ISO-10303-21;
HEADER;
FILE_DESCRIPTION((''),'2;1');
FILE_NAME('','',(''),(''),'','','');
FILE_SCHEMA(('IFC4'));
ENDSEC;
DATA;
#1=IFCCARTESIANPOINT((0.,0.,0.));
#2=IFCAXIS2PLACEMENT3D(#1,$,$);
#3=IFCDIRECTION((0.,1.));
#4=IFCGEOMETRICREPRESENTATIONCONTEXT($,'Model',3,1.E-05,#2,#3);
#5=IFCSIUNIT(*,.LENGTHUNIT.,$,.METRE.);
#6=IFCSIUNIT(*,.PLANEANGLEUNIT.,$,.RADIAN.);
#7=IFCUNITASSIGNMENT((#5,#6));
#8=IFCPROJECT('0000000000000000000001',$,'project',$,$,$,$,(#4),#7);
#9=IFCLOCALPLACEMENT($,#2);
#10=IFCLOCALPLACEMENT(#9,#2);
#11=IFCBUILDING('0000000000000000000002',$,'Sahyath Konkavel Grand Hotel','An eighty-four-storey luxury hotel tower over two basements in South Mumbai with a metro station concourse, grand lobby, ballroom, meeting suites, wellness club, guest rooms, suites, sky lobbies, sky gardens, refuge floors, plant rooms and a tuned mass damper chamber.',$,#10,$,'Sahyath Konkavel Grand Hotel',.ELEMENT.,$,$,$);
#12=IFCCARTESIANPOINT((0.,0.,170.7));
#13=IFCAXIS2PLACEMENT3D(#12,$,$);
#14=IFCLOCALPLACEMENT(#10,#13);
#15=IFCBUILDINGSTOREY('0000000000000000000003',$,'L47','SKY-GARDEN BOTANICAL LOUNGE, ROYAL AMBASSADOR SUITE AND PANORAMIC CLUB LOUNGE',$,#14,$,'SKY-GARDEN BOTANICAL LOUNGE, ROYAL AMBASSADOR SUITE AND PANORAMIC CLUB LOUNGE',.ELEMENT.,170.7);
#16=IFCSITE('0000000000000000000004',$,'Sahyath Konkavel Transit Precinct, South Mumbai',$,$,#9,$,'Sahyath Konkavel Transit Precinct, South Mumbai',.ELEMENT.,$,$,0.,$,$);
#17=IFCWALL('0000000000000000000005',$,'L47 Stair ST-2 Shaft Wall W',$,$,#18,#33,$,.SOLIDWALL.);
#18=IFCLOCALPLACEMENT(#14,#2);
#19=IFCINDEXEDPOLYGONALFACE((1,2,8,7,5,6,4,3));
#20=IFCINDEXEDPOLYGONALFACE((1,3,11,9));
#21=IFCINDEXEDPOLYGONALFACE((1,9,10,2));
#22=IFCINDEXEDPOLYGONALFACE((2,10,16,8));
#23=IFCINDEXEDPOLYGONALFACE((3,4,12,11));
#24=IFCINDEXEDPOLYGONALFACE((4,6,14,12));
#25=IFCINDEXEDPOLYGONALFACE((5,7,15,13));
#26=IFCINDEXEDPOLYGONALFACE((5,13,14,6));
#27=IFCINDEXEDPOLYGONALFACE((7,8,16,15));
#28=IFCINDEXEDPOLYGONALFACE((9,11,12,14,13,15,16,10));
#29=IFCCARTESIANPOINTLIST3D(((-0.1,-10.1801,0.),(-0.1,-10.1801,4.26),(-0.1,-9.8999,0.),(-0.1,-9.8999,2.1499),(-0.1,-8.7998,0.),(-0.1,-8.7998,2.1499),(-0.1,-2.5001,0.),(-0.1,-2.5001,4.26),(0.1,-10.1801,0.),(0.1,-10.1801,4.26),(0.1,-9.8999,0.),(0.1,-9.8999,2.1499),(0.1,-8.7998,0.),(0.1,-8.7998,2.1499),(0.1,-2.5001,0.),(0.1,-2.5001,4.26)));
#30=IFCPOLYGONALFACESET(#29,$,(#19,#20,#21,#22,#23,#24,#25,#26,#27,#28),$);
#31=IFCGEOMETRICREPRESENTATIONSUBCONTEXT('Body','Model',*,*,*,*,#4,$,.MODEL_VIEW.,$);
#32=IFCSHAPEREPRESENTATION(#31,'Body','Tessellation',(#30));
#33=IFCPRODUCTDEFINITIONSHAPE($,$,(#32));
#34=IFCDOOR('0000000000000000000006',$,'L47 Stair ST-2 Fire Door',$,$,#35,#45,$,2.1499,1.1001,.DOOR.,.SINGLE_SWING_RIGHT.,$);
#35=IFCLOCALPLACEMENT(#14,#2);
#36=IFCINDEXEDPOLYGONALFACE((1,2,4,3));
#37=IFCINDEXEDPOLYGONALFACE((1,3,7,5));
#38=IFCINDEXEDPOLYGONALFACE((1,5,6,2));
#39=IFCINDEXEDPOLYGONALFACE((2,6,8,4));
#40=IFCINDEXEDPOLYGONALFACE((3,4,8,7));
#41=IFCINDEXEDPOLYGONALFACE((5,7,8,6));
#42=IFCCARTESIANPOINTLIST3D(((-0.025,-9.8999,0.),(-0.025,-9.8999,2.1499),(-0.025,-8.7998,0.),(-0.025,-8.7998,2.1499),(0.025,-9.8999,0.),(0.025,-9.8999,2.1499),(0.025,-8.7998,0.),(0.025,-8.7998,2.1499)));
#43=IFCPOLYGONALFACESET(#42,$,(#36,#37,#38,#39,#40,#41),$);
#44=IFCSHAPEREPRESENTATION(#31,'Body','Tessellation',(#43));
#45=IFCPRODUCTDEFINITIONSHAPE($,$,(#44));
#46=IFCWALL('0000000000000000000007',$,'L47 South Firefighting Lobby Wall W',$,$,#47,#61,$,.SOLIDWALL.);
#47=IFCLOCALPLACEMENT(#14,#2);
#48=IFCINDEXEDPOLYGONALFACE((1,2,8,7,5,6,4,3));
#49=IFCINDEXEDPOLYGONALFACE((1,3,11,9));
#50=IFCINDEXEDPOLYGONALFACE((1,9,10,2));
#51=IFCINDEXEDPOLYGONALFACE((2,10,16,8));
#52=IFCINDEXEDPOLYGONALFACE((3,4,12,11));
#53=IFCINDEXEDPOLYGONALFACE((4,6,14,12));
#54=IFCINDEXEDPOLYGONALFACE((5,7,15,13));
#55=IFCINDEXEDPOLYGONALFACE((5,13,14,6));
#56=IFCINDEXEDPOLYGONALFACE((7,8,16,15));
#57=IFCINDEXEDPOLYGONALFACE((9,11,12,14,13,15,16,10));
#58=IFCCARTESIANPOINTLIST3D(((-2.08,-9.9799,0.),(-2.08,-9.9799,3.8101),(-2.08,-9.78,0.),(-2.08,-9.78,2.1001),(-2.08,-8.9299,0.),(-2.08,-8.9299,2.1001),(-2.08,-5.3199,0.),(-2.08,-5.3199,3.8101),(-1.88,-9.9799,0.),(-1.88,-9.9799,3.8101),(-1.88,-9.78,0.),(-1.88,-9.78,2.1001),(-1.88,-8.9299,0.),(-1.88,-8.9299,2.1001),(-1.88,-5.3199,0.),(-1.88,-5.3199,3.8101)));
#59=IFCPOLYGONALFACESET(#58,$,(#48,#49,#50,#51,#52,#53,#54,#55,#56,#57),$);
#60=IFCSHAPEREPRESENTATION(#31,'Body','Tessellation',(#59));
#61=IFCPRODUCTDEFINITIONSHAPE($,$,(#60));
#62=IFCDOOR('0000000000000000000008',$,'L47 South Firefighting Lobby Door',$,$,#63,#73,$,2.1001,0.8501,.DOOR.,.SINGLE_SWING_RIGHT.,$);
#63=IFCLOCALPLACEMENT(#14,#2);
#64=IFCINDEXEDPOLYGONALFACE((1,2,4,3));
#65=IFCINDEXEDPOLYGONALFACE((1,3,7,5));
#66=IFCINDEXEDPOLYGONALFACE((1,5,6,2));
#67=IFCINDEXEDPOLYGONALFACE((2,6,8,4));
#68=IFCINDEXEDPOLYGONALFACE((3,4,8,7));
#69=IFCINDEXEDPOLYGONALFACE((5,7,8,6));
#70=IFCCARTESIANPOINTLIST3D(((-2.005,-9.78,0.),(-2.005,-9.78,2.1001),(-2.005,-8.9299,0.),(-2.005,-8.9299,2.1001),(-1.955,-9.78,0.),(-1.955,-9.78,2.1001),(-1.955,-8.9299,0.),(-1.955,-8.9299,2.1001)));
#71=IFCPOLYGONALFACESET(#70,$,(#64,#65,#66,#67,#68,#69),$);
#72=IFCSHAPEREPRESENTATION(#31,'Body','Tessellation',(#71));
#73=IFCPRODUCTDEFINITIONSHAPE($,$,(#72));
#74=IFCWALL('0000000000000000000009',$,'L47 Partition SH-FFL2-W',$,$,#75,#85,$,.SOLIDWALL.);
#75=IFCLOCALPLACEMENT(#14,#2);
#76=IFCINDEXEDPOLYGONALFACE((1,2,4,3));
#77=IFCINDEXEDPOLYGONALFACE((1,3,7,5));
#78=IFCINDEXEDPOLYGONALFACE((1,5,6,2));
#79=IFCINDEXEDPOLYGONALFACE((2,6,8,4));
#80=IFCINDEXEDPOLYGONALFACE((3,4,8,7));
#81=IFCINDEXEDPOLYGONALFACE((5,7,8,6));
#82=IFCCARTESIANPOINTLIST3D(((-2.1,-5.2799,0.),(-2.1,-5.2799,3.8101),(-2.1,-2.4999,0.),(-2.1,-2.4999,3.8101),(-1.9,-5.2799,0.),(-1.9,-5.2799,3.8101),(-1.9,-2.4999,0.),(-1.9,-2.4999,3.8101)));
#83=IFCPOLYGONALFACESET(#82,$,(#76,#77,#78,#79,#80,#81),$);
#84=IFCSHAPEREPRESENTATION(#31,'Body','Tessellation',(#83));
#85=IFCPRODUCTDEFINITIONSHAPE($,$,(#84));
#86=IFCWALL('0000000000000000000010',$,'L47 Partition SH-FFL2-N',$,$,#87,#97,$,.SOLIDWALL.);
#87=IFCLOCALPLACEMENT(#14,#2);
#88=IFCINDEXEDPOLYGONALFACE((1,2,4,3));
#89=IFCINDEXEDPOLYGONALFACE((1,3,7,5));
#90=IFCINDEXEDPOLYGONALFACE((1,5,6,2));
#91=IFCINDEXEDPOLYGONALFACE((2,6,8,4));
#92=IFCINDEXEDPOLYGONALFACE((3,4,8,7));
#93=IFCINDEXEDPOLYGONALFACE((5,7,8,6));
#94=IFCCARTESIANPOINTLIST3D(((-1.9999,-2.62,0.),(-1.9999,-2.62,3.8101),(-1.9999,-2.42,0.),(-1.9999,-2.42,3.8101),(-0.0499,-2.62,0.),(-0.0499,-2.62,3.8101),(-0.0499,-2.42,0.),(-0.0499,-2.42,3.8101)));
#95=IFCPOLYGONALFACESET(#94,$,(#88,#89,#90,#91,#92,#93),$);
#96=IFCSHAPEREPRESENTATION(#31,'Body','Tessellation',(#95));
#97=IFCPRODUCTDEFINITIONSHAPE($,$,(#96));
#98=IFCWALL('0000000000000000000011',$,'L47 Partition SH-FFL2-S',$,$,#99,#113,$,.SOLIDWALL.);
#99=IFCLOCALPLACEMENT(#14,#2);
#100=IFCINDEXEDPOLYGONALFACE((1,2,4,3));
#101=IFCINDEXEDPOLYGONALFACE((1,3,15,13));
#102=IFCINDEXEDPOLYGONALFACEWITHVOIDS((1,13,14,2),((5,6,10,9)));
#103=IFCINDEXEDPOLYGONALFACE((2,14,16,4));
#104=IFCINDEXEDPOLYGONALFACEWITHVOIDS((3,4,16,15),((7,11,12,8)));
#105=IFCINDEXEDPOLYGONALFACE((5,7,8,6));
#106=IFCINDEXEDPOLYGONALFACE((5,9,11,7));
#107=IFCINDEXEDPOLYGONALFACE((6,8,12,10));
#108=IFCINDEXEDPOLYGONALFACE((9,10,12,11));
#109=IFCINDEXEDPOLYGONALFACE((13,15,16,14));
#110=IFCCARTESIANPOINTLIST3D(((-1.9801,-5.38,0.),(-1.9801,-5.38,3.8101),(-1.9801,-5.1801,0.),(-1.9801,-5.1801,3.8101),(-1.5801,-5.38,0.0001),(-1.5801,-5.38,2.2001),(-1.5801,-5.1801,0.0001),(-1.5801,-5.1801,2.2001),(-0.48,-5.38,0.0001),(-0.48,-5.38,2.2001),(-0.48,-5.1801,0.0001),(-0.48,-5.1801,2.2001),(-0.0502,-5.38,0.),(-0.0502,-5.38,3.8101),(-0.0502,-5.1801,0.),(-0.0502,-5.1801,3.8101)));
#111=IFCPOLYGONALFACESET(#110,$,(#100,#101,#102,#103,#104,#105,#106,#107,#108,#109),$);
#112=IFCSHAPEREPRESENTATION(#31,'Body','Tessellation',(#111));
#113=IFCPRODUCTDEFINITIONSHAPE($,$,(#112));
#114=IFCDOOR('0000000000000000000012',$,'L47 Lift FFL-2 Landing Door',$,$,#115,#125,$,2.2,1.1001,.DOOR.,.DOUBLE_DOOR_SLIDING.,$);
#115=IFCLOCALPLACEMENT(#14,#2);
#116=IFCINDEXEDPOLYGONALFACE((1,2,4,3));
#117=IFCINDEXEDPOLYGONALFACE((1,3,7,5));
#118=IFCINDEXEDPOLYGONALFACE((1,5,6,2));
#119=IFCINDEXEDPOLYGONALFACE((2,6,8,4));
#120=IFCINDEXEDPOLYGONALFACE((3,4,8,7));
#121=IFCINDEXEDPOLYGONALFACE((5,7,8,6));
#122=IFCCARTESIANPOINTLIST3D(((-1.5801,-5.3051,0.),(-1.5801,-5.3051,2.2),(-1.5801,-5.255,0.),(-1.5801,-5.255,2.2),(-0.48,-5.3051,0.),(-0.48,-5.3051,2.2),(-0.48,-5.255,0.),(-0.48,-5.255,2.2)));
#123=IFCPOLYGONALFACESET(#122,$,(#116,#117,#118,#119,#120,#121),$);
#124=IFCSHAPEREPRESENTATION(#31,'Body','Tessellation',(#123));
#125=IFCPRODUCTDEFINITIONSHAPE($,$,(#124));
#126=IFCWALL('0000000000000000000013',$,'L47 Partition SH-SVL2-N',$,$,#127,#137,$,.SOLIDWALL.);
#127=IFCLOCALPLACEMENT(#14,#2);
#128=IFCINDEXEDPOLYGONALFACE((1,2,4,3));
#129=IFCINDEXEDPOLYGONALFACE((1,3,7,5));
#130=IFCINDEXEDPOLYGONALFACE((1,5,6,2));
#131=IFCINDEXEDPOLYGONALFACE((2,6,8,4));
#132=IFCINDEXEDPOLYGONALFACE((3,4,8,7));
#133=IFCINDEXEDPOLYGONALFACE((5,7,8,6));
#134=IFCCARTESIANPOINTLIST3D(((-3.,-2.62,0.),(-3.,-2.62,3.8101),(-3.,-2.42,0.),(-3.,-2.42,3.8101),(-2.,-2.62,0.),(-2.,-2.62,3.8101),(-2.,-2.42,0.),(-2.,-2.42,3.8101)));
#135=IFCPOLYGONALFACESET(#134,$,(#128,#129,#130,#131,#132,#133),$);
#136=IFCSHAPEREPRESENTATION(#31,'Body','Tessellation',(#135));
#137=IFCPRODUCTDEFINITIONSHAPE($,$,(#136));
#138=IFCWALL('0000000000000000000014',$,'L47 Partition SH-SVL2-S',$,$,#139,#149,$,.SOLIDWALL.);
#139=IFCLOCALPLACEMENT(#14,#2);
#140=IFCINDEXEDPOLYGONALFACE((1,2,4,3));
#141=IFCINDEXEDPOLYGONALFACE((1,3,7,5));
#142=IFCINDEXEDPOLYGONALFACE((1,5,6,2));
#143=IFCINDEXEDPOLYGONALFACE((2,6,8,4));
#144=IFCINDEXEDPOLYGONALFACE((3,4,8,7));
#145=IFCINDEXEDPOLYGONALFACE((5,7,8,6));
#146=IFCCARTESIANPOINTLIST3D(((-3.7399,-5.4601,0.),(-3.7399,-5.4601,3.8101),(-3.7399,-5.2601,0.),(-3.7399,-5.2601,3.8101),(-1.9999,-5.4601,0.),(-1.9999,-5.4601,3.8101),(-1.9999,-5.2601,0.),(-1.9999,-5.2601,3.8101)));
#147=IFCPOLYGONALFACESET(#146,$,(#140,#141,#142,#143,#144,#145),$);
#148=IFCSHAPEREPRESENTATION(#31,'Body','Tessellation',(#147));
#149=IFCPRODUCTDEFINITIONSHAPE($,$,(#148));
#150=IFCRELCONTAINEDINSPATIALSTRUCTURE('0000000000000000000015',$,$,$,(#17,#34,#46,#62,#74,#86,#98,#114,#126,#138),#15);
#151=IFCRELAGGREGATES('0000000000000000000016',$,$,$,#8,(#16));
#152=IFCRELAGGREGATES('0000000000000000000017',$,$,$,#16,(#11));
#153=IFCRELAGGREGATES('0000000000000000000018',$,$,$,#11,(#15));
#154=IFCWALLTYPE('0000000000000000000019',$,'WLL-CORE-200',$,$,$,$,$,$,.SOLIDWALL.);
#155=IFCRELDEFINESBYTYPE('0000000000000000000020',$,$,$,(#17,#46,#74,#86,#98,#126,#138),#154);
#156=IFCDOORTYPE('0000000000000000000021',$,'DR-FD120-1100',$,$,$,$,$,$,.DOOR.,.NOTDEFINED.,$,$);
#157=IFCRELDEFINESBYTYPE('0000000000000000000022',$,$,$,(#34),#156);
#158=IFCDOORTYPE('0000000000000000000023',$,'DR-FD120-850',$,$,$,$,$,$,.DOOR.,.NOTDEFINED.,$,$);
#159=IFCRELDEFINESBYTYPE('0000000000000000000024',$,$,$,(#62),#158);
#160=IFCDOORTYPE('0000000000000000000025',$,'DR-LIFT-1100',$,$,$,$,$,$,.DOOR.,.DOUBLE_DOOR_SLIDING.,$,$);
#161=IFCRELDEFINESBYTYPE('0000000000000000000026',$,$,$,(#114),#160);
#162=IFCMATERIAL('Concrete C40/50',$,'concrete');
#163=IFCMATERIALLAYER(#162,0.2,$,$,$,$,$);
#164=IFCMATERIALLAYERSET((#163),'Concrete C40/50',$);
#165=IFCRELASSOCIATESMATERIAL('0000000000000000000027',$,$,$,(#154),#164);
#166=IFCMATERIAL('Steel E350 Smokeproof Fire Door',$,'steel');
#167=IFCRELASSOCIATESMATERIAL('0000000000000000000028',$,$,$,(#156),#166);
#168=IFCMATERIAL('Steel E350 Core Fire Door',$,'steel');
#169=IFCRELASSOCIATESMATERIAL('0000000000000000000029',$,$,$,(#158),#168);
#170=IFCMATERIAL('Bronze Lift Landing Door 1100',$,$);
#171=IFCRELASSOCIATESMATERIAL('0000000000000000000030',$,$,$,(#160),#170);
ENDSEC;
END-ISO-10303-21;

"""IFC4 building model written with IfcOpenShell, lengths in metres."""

from ifc_helpers import new_model, si_unit, direction, frame, frame_2d, origin, origin_2d, place, context, subcontext, project, spatial, rectangle, extrude, source, transform, mapped, material, layer, layer_set, type_object, element, fill, save


model = new_model("IFC4")

# Units and contexts
model_context = context("Model", 3, precision=1e-05, world=origin(), true_north=direction((0.0, 1.0)))
body_context = subcontext(model_context, "Body", "Model", "MODEL_VIEW")
ifc_project = project(units=[si_unit("LENGTHUNIT", "METRE"), si_unit("PLANEANGLEUNIT", "RADIAN")], contexts=[model_context])

# Site, building, storey
site_placement = place(None, origin())
site = spatial("IfcSite", under=ifc_project, at=site_placement, Name="Sahyath Konkavel Transit Precinct, South Mumbai", LongName="Sahyath Konkavel Transit Precinct, South Mumbai", CompositionType="ELEMENT", RefElevation=0.0)
building_placement = place(site_placement, origin())
building = spatial("IfcBuilding", under=site, at=building_placement, Name="Sahyath Konkavel Grand Hotel", Description="An eighty-four-storey luxury hotel tower over two basements in South Mumbai with a metro station concourse, grand lobby, ballroom, meeting suites, wellness club, guest rooms, suites, sky lobbies, sky gardens, refuge floors, plant rooms and a tuned mass damper chamber.", LongName="Sahyath Konkavel Grand Hotel", CompositionType="ELEMENT")
storey_placement = place(building_placement, frame((0.0, 0.0, 170.7)))
storey = spatial("IfcBuildingStorey", under=building, at=storey_placement, Name="L47", Description="SKY-GARDEN BOTANICAL LOUNGE, ROYAL AMBASSADOR SUITE AND PANORAMIC CLUB LOUNGE", LongName="SKY-GARDEN BOTANICAL LOUNGE, ROYAL AMBASSADOR SUITE AND PANORAMIC CLUB LOUNGE", CompositionType="ELEMENT", Elevation=170.7)

# Walls, openings, doors
ifc_material_1 = material(Name="Concrete C40/50", Category="concrete")
ifc_layer_1 = layer(ifc_material_1, 0.2)
ifc_layer_set_1 = layer_set([ifc_layer_1], Name="Concrete C40/50")
wall_type_1 = type_object("IfcWallType", Name="WLL-CORE-200", PredefinedType="SOLIDWALL", material=ifc_layer_set_1)
wall_1_placement = place(storey_placement, frame((0.0, -10.1799, 0.0), z_axis=(0.0, 0.0, 1.0), x_axis=(0.0, 1.0, 0.0)))
wall_1 = element("IfcWall", 1, at=wall_1_placement, inside=storey, type_object=wall_type_1, Name="L47 Stair ST-2 Shaft Wall W", PredefinedType="SOLIDWALL", context=body_context, shape_type="SweptSolid", body=[
    extrude(rectangle(XDim=7.6799, YDim=0.2, at=frame_2d((3.8398, 0.0))), origin(), (0.0, 0.0, 1.0), 4.26),
])
opening_1_placement = place(wall_1_placement, frame((0.28, 0.0, 0.0)))
opening_1 = element("IfcOpeningElement", 2, at=opening_1_placement, cuts=wall_1, PredefinedType="OPENING", context=body_context, shape_type="SweptSolid", body=[
    extrude(rectangle(XDim=1.1001, YDim=2.1499, at=frame_2d((0.55, 1.075))), frame((0.0, 0.1099, 0.0), z_axis=(0.0, -1.0, 0.0), x_axis=(1.0, 0.0, 0.0)), (0.0, 0.0, 1.0), 0.22),
])
ifc_material_2 = material(Name="Steel E350 Smokeproof Fire Door", Category="steel")
door_type_1 = type_object("IfcDoorType", Name="DR-FD120-1100", OperationType="NOTDEFINED", PredefinedType="DOOR", material=ifc_material_2)
shared_shape_1 = source(origin(), body_context, "Body", "SweptSolid", [
    extrude(rectangle(XDim=1.1001, YDim=0.05, at=origin_2d()), origin(), (0.0, 0.0, 1.0), 2.1499),
])
door_1_placement = place(opening_1_placement, frame((0.55, 0.0, 0.0)))
door_1 = element("IfcDoor", 3, at=door_1_placement, inside=storey, type_object=door_type_1, Name="L47 Stair ST-2 Fire Door", OperationType="SINGLE_SWING_RIGHT", OverallHeight=2.1499, OverallWidth=1.1001, PredefinedType="DOOR", context=body_context, shape_type="MappedRepresentation", body=[
    mapped(shared_shape_1, transform((0.0, 0.0, 0.0), scale=1.0)),
])
fill(opening_1, door_1)
wall_2_placement = place(storey_placement, frame((-1.98, -9.98, 0.0), z_axis=(0.0, 0.0, 1.0), x_axis=(0.0, 1.0, 0.0)))
wall_2 = element("IfcWall", 4, at=wall_2_placement, inside=storey, type_object=wall_type_1, Name="L47 South Firefighting Lobby Wall W", PredefinedType="SOLIDWALL", context=body_context, shape_type="SweptSolid", body=[
    extrude(rectangle(XDim=4.6599, YDim=0.2, at=frame_2d((2.3301, 0.0))), origin(), (0.0, 0.0, 1.0), 3.8101),
])
opening_2_placement = place(wall_2_placement, frame((0.2, 0.0, 0.0)))
opening_2 = element("IfcOpeningElement", 5, at=opening_2_placement, cuts=wall_2, PredefinedType="OPENING", context=body_context, shape_type="SweptSolid", body=[
    extrude(rectangle(XDim=0.8501, YDim=2.1001, at=frame_2d((0.425, 1.05))), frame((0.0, 0.1099, 0.0), z_axis=(0.0, -1.0, 0.0), x_axis=(1.0, 0.0, 0.0)), (0.0, 0.0, 1.0), 0.22),
])
ifc_material_3 = material(Name="Steel E350 Core Fire Door", Category="steel")
door_type_2 = type_object("IfcDoorType", Name="DR-FD120-850", OperationType="NOTDEFINED", PredefinedType="DOOR", material=ifc_material_3)
shared_shape_2 = source(origin(), body_context, "Body", "SweptSolid", [
    extrude(rectangle(XDim=0.8501, YDim=0.05, at=origin_2d()), origin(), (0.0, 0.0, 1.0), 2.1001),
])
door_2_placement = place(opening_2_placement, frame((0.425, 0.0, 0.0)))
door_2 = element("IfcDoor", 6, at=door_2_placement, inside=storey, type_object=door_type_2, Name="L47 South Firefighting Lobby Door", OperationType="SINGLE_SWING_RIGHT", OverallHeight=2.1001, OverallWidth=0.8501, PredefinedType="DOOR", context=body_context, shape_type="MappedRepresentation", body=[
    mapped(shared_shape_2, transform((0.0, 0.0, 0.0), scale=1.0)),
])
fill(opening_2, door_2)

# Walls
wall_3_placement = place(storey_placement, frame((-2.0, -5.28, 0.0), z_axis=(0.0, 0.0, 1.0), x_axis=(0.0, 1.0, 0.0)))
element("IfcWall", 7, at=wall_3_placement, inside=storey, type_object=wall_type_1, Name="L47 Partition SH-FFL2-W", PredefinedType="SOLIDWALL", context=body_context, shape_type="SweptSolid", body=[
    extrude(rectangle(XDim=2.78, YDim=0.2, at=frame_2d((1.3901, 0.0))), origin(), (0.0, 0.0, 1.0), 3.8101),
])
wall_4_placement = place(storey_placement, frame((-2.0, -2.52, 0.0), z_axis=(0.0, 0.0, 1.0), x_axis=(1.0, 0.0, 0.0)))
element("IfcWall", 8, at=wall_4_placement, inside=storey, type_object=wall_type_1, Name="L47 Partition SH-FFL2-N", PredefinedType="SOLIDWALL", context=body_context, shape_type="SweptSolid", body=[
    extrude(rectangle(XDim=1.95, YDim=0.2, at=frame_2d((0.9751, 0.0))), origin(), (0.0, 0.0, 1.0), 3.8101),
])

# Wall, opening, door
wall_5_placement = place(storey_placement, frame((-1.98, -5.28, 0.0), z_axis=(0.0, 0.0, 1.0), x_axis=(1.0, 0.0, 0.0)))
wall_5 = element("IfcWall", 9, at=wall_5_placement, inside=storey, type_object=wall_type_1, Name="L47 Partition SH-FFL2-S", PredefinedType="SOLIDWALL", context=body_context, shape_type="SweptSolid", body=[
    extrude(rectangle(XDim=1.9299, YDim=0.2, at=frame_2d((0.9648, 0.0))), origin(), (0.0, 0.0, 1.0), 3.8101),
])
opening_3_placement = place(wall_5_placement, frame((0.3999, 0.0, 0.0)))
opening_3 = element("IfcOpeningElement", 10, at=opening_3_placement, cuts=wall_5, PredefinedType="OPENING", context=body_context, shape_type="SweptSolid", body=[
    extrude(rectangle(XDim=1.1001, YDim=2.2, at=frame_2d((0.55, 1.1001))), frame((0.0, 0.1099, 0.0), z_axis=(0.0, -1.0, 0.0), x_axis=(1.0, 0.0, 0.0)), (0.0, 0.0, 1.0), 0.22),
])
ifc_material_4 = material(Name="Bronze Lift Landing Door 1100")
door_type_3 = type_object("IfcDoorType", Name="DR-LIFT-1100", OperationType="DOUBLE_DOOR_SLIDING", PredefinedType="DOOR", material=ifc_material_4)
shared_shape_3 = source(origin(), body_context, "Body", "SweptSolid", [
    extrude(rectangle(XDim=1.1001, YDim=0.05, at=origin_2d()), origin(), (0.0, 0.0, 1.0), 2.2),
])
door_3_placement = place(opening_3_placement, frame((0.55, 0.0, 0.0)))
door_3 = element("IfcDoor", 11, at=door_3_placement, inside=storey, type_object=door_type_3, Name="L47 Lift FFL-2 Landing Door", OperationType="DOUBLE_DOOR_SLIDING", OverallHeight=2.2, OverallWidth=1.1001, PredefinedType="DOOR", context=body_context, shape_type="MappedRepresentation", body=[
    mapped(shared_shape_3, transform((0.0, 0.0, 0.0), scale=1.0)),
])
fill(opening_3, door_3)

# Walls
wall_6_placement = place(storey_placement, frame((-3.0, -2.52, 0.0), z_axis=(0.0, 0.0, 1.0), x_axis=(1.0, 0.0, 0.0)))
element("IfcWall", 12, at=wall_6_placement, inside=storey, type_object=wall_type_1, Name="L47 Partition SH-SVL2-N", PredefinedType="SOLIDWALL", context=body_context, shape_type="SweptSolid", body=[
    extrude(rectangle(XDim=1.0, YDim=0.2, at=frame_2d((0.5, 0.0))), origin(), (0.0, 0.0, 1.0), 3.8101),
])
wall_7_placement = place(storey_placement, frame((-3.74, -5.3601, 0.0), z_axis=(0.0, 0.0, 1.0), x_axis=(1.0, 0.0, 0.0)))
element("IfcWall", 13, at=wall_7_placement, inside=storey, type_object=wall_type_1, Name="L47 Partition SH-SVL2-S", PredefinedType="SOLIDWALL", context=body_context, shape_type="SweptSolid", body=[
    extrude(rectangle(XDim=1.74, YDim=0.2, at=frame_2d((0.8701, 0.0))), origin(), (0.0, 0.0, 1.0), 3.8101),
])

save(model, "model.ifc")
